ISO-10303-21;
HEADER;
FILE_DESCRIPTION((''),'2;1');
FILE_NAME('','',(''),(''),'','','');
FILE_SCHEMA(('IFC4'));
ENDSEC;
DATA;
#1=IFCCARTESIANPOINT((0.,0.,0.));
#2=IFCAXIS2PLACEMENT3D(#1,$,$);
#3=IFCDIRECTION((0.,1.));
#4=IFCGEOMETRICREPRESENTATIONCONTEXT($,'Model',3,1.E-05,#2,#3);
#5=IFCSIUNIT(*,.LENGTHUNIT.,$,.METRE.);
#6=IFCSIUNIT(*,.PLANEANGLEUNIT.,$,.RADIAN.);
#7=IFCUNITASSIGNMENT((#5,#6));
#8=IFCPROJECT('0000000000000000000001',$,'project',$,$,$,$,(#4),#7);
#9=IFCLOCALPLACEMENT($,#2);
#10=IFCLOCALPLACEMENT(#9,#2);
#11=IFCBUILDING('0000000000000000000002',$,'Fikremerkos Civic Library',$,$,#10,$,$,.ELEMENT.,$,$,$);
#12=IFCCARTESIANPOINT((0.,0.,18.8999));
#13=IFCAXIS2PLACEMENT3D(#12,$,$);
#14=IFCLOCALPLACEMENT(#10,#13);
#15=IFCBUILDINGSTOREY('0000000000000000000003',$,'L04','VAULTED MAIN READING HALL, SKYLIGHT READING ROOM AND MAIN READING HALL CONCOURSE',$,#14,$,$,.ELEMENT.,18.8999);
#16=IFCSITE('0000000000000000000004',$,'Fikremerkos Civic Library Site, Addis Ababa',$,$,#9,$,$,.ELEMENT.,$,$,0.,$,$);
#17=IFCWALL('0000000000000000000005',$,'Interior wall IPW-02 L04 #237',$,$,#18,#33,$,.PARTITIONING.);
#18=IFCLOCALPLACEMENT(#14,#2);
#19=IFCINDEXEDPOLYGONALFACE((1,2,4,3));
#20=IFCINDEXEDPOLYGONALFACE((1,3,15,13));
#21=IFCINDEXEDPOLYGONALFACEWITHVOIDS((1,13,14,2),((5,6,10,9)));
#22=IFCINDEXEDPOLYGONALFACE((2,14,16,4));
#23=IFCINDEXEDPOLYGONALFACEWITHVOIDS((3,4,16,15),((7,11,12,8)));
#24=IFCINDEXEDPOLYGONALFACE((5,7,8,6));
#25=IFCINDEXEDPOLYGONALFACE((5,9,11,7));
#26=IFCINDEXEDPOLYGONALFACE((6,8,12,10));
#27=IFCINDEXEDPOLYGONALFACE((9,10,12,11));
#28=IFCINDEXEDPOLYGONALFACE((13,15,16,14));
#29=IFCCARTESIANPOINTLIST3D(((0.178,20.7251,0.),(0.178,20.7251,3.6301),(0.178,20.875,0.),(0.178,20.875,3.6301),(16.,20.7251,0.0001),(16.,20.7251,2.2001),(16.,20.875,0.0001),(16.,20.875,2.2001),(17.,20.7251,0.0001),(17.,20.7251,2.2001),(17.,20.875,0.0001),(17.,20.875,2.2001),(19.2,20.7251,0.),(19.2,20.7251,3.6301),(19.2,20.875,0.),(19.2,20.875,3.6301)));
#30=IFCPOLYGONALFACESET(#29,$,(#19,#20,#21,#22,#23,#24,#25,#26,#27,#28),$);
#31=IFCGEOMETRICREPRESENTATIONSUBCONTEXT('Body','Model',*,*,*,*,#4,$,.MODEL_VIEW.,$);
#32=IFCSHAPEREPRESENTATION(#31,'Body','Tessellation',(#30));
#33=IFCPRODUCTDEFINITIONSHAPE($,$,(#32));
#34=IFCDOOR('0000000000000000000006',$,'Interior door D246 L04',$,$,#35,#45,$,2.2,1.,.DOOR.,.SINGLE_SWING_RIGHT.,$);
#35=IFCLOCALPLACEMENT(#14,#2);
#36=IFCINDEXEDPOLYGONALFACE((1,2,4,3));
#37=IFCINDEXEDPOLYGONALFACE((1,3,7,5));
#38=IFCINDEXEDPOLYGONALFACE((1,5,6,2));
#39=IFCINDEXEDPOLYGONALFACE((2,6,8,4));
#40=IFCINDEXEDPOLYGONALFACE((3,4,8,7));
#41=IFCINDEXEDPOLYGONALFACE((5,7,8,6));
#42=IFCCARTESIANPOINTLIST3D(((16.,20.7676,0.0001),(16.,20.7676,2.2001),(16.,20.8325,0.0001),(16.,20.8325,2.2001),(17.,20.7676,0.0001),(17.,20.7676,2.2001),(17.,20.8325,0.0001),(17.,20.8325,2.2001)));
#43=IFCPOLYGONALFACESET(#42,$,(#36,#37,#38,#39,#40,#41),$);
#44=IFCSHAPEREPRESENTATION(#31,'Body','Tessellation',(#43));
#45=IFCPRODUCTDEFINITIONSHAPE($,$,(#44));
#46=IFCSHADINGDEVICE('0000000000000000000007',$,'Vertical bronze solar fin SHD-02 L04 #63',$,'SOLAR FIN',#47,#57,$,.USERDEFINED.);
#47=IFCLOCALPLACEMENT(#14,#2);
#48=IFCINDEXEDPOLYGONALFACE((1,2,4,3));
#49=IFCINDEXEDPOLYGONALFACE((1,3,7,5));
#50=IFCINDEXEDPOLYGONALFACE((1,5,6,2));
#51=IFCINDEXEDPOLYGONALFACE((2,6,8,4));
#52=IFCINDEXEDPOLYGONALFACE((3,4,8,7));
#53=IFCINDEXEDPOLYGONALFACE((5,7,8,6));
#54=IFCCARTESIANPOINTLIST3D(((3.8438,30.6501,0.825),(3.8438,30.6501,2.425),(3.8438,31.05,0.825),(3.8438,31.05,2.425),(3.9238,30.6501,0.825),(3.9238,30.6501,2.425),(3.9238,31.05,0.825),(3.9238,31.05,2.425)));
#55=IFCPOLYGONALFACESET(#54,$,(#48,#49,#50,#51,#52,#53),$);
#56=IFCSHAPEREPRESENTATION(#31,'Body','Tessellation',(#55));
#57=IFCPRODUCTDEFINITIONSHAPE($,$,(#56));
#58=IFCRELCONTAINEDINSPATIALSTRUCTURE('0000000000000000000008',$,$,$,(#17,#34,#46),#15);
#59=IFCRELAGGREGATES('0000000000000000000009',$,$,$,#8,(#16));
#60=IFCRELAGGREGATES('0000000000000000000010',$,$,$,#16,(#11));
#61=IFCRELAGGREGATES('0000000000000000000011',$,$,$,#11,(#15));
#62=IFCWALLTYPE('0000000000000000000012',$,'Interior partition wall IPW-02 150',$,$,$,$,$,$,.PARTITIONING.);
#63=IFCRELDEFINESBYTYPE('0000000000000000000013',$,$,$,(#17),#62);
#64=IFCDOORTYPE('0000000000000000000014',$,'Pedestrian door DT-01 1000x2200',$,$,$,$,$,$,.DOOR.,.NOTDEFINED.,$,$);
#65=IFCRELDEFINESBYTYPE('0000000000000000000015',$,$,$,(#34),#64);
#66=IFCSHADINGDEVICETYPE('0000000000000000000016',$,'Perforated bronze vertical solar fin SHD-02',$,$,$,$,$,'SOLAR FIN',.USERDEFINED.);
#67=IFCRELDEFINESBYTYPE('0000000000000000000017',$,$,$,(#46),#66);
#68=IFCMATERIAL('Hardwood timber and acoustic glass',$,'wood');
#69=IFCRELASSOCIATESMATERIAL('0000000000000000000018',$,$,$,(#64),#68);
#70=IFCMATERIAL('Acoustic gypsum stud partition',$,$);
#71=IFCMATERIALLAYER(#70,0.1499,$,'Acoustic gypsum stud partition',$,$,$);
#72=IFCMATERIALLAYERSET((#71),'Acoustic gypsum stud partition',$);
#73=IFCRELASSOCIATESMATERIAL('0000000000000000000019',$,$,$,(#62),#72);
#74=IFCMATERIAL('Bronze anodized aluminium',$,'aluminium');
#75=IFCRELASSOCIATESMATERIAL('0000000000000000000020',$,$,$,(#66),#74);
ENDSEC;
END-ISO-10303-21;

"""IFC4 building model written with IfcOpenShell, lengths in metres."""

from ifc_helpers import new_model, si_unit, direction, frame, frame_2d, origin, origin_2d, place, context, subcontext, project, spatial, rectangle, extrude, material, layer, layer_set, type_object, element, fill, save


model = new_model("IFC4")

# Units and contexts
model_context = context("Model", 3, precision=1e-05, world=origin(), true_north=direction((0.0, 1.0)))
body_context = subcontext(model_context, "Body", "Model", "MODEL_VIEW")
ifc_project = project(units=[si_unit("LENGTHUNIT", "METRE"), si_unit("PLANEANGLEUNIT", "RADIAN")], contexts=[model_context])

# Site, building, storey
site_placement = place(None, origin())
site = spatial("IfcSite", under=ifc_project, at=site_placement, Name="Fikremerkos Civic Library Site, Addis Ababa", CompositionType="ELEMENT", RefElevation=0.0)
building_placement = place(site_placement, origin())
building = spatial("IfcBuilding", under=site, at=building_placement, Name="Fikremerkos Civic Library", CompositionType="ELEMENT")
storey_placement = place(building_placement, frame((0.0, 0.0, 18.8999)))
storey = spatial("IfcBuildingStorey", under=building, at=storey_placement, Name="L04", Description="VAULTED MAIN READING HALL, SKYLIGHT READING ROOM AND MAIN READING HALL CONCOURSE", CompositionType="ELEMENT", Elevation=18.8999)

# Shared definitions
ifc_material_1 = material(Name="Hardwood timber and acoustic glass", Category="wood")
door_type_1 = type_object("IfcDoorType", Name="Pedestrian door DT-01 1000x2200", OperationType="NOTDEFINED", PredefinedType="DOOR", material=ifc_material_1)

# Wall, opening, door
ifc_material_2 = material(Name="Acoustic gypsum stud partition")
ifc_layer_1 = layer(ifc_material_2, 0.1499, Name="Acoustic gypsum stud partition")
ifc_layer_set_1 = layer_set([ifc_layer_1], Name="Acoustic gypsum stud partition")
wall_type_1 = type_object("IfcWallType", Name="Interior partition wall IPW-02 150", PredefinedType="PARTITIONING", material=ifc_layer_set_1)
wall_1_placement = place(storey_placement, frame((0.178, 20.8, 0.0), z_axis=(0.0, 0.0, 1.0), x_axis=(1.0, 0.0, 0.0)))
wall_1 = element("IfcWall", 1, at=wall_1_placement, inside=storey, type_object=wall_type_1, Name="Interior wall IPW-02 L04 #237", PredefinedType="PARTITIONING", context=body_context, shape_type="SweptSolid", body=[
    extrude(rectangle(XDim=19.022, YDim=0.1499, at=frame_2d((9.511, 0.0))), origin(), (0.0, 0.0, 1.0), 3.6301),
])
opening_1_placement = place(wall_1_placement, frame((15.822, 0.0, 0.0)))
opening_1 = element("IfcOpeningElement", 2, at=opening_1_placement, cuts=wall_1, PredefinedType="OPENING", context=body_context, shape_type="SweptSolid", body=[
    extrude(rectangle(XDim=1.0, YDim=2.2, at=frame_2d((0.5, 1.1001))), frame((0.0, 0.085, 0.0), z_axis=(0.0, -1.0, 0.0), x_axis=(1.0, 0.0, 0.0)), (0.0, 0.0, 1.0), 0.1699),
])
door_1_placement = place(opening_1_placement, origin())
door_1 = element("IfcDoor", 3, at=door_1_placement, inside=storey, type_object=door_type_1, Name="Interior door D246 L04", OperationType="SINGLE_SWING_RIGHT", OverallHeight=2.2, OverallWidth=1.0, PredefinedType="DOOR", context=body_context, shape_type="SweptSolid", body=[
    extrude(rectangle(XDim=1.0, YDim=2.2, at=frame_2d((0.5, 1.1001))), frame((0.0, 0.0325, 0.0), z_axis=(0.0, -1.0, 0.0), x_axis=(1.0, 0.0, 0.0)), (0.0, 0.0, 1.0), 0.0649),
])
fill(opening_1, door_1)

# Shading device
ifc_material_3 = material(Name="Bronze anodized aluminium", Category="aluminium")
shading_device_type = type_object("IfcShadingDeviceType", Name="Perforated bronze vertical solar fin SHD-02", ElementType="SOLAR FIN", PredefinedType="USERDEFINED", material=ifc_material_3)
shading_device_placement = place(storey_placement, frame((3.8838, 30.8501, 0.825), z_axis=(0.0, 0.0, 1.0), x_axis=(1.0, 0.0, 0.0)))
element("IfcShadingDevice", 4, at=shading_device_placement, inside=storey, type_object=shading_device_type, Name="Vertical bronze solar fin SHD-02 L04 #63", ObjectType="SOLAR FIN", PredefinedType="USERDEFINED", context=body_context, shape_type="SweptSolid", body=[
    extrude(rectangle(XDim=0.0801, YDim=0.3999, at=origin_2d()), origin(), (0.0, 0.0, 1.0), 1.6001),
])

save(model, "model.ifc")
